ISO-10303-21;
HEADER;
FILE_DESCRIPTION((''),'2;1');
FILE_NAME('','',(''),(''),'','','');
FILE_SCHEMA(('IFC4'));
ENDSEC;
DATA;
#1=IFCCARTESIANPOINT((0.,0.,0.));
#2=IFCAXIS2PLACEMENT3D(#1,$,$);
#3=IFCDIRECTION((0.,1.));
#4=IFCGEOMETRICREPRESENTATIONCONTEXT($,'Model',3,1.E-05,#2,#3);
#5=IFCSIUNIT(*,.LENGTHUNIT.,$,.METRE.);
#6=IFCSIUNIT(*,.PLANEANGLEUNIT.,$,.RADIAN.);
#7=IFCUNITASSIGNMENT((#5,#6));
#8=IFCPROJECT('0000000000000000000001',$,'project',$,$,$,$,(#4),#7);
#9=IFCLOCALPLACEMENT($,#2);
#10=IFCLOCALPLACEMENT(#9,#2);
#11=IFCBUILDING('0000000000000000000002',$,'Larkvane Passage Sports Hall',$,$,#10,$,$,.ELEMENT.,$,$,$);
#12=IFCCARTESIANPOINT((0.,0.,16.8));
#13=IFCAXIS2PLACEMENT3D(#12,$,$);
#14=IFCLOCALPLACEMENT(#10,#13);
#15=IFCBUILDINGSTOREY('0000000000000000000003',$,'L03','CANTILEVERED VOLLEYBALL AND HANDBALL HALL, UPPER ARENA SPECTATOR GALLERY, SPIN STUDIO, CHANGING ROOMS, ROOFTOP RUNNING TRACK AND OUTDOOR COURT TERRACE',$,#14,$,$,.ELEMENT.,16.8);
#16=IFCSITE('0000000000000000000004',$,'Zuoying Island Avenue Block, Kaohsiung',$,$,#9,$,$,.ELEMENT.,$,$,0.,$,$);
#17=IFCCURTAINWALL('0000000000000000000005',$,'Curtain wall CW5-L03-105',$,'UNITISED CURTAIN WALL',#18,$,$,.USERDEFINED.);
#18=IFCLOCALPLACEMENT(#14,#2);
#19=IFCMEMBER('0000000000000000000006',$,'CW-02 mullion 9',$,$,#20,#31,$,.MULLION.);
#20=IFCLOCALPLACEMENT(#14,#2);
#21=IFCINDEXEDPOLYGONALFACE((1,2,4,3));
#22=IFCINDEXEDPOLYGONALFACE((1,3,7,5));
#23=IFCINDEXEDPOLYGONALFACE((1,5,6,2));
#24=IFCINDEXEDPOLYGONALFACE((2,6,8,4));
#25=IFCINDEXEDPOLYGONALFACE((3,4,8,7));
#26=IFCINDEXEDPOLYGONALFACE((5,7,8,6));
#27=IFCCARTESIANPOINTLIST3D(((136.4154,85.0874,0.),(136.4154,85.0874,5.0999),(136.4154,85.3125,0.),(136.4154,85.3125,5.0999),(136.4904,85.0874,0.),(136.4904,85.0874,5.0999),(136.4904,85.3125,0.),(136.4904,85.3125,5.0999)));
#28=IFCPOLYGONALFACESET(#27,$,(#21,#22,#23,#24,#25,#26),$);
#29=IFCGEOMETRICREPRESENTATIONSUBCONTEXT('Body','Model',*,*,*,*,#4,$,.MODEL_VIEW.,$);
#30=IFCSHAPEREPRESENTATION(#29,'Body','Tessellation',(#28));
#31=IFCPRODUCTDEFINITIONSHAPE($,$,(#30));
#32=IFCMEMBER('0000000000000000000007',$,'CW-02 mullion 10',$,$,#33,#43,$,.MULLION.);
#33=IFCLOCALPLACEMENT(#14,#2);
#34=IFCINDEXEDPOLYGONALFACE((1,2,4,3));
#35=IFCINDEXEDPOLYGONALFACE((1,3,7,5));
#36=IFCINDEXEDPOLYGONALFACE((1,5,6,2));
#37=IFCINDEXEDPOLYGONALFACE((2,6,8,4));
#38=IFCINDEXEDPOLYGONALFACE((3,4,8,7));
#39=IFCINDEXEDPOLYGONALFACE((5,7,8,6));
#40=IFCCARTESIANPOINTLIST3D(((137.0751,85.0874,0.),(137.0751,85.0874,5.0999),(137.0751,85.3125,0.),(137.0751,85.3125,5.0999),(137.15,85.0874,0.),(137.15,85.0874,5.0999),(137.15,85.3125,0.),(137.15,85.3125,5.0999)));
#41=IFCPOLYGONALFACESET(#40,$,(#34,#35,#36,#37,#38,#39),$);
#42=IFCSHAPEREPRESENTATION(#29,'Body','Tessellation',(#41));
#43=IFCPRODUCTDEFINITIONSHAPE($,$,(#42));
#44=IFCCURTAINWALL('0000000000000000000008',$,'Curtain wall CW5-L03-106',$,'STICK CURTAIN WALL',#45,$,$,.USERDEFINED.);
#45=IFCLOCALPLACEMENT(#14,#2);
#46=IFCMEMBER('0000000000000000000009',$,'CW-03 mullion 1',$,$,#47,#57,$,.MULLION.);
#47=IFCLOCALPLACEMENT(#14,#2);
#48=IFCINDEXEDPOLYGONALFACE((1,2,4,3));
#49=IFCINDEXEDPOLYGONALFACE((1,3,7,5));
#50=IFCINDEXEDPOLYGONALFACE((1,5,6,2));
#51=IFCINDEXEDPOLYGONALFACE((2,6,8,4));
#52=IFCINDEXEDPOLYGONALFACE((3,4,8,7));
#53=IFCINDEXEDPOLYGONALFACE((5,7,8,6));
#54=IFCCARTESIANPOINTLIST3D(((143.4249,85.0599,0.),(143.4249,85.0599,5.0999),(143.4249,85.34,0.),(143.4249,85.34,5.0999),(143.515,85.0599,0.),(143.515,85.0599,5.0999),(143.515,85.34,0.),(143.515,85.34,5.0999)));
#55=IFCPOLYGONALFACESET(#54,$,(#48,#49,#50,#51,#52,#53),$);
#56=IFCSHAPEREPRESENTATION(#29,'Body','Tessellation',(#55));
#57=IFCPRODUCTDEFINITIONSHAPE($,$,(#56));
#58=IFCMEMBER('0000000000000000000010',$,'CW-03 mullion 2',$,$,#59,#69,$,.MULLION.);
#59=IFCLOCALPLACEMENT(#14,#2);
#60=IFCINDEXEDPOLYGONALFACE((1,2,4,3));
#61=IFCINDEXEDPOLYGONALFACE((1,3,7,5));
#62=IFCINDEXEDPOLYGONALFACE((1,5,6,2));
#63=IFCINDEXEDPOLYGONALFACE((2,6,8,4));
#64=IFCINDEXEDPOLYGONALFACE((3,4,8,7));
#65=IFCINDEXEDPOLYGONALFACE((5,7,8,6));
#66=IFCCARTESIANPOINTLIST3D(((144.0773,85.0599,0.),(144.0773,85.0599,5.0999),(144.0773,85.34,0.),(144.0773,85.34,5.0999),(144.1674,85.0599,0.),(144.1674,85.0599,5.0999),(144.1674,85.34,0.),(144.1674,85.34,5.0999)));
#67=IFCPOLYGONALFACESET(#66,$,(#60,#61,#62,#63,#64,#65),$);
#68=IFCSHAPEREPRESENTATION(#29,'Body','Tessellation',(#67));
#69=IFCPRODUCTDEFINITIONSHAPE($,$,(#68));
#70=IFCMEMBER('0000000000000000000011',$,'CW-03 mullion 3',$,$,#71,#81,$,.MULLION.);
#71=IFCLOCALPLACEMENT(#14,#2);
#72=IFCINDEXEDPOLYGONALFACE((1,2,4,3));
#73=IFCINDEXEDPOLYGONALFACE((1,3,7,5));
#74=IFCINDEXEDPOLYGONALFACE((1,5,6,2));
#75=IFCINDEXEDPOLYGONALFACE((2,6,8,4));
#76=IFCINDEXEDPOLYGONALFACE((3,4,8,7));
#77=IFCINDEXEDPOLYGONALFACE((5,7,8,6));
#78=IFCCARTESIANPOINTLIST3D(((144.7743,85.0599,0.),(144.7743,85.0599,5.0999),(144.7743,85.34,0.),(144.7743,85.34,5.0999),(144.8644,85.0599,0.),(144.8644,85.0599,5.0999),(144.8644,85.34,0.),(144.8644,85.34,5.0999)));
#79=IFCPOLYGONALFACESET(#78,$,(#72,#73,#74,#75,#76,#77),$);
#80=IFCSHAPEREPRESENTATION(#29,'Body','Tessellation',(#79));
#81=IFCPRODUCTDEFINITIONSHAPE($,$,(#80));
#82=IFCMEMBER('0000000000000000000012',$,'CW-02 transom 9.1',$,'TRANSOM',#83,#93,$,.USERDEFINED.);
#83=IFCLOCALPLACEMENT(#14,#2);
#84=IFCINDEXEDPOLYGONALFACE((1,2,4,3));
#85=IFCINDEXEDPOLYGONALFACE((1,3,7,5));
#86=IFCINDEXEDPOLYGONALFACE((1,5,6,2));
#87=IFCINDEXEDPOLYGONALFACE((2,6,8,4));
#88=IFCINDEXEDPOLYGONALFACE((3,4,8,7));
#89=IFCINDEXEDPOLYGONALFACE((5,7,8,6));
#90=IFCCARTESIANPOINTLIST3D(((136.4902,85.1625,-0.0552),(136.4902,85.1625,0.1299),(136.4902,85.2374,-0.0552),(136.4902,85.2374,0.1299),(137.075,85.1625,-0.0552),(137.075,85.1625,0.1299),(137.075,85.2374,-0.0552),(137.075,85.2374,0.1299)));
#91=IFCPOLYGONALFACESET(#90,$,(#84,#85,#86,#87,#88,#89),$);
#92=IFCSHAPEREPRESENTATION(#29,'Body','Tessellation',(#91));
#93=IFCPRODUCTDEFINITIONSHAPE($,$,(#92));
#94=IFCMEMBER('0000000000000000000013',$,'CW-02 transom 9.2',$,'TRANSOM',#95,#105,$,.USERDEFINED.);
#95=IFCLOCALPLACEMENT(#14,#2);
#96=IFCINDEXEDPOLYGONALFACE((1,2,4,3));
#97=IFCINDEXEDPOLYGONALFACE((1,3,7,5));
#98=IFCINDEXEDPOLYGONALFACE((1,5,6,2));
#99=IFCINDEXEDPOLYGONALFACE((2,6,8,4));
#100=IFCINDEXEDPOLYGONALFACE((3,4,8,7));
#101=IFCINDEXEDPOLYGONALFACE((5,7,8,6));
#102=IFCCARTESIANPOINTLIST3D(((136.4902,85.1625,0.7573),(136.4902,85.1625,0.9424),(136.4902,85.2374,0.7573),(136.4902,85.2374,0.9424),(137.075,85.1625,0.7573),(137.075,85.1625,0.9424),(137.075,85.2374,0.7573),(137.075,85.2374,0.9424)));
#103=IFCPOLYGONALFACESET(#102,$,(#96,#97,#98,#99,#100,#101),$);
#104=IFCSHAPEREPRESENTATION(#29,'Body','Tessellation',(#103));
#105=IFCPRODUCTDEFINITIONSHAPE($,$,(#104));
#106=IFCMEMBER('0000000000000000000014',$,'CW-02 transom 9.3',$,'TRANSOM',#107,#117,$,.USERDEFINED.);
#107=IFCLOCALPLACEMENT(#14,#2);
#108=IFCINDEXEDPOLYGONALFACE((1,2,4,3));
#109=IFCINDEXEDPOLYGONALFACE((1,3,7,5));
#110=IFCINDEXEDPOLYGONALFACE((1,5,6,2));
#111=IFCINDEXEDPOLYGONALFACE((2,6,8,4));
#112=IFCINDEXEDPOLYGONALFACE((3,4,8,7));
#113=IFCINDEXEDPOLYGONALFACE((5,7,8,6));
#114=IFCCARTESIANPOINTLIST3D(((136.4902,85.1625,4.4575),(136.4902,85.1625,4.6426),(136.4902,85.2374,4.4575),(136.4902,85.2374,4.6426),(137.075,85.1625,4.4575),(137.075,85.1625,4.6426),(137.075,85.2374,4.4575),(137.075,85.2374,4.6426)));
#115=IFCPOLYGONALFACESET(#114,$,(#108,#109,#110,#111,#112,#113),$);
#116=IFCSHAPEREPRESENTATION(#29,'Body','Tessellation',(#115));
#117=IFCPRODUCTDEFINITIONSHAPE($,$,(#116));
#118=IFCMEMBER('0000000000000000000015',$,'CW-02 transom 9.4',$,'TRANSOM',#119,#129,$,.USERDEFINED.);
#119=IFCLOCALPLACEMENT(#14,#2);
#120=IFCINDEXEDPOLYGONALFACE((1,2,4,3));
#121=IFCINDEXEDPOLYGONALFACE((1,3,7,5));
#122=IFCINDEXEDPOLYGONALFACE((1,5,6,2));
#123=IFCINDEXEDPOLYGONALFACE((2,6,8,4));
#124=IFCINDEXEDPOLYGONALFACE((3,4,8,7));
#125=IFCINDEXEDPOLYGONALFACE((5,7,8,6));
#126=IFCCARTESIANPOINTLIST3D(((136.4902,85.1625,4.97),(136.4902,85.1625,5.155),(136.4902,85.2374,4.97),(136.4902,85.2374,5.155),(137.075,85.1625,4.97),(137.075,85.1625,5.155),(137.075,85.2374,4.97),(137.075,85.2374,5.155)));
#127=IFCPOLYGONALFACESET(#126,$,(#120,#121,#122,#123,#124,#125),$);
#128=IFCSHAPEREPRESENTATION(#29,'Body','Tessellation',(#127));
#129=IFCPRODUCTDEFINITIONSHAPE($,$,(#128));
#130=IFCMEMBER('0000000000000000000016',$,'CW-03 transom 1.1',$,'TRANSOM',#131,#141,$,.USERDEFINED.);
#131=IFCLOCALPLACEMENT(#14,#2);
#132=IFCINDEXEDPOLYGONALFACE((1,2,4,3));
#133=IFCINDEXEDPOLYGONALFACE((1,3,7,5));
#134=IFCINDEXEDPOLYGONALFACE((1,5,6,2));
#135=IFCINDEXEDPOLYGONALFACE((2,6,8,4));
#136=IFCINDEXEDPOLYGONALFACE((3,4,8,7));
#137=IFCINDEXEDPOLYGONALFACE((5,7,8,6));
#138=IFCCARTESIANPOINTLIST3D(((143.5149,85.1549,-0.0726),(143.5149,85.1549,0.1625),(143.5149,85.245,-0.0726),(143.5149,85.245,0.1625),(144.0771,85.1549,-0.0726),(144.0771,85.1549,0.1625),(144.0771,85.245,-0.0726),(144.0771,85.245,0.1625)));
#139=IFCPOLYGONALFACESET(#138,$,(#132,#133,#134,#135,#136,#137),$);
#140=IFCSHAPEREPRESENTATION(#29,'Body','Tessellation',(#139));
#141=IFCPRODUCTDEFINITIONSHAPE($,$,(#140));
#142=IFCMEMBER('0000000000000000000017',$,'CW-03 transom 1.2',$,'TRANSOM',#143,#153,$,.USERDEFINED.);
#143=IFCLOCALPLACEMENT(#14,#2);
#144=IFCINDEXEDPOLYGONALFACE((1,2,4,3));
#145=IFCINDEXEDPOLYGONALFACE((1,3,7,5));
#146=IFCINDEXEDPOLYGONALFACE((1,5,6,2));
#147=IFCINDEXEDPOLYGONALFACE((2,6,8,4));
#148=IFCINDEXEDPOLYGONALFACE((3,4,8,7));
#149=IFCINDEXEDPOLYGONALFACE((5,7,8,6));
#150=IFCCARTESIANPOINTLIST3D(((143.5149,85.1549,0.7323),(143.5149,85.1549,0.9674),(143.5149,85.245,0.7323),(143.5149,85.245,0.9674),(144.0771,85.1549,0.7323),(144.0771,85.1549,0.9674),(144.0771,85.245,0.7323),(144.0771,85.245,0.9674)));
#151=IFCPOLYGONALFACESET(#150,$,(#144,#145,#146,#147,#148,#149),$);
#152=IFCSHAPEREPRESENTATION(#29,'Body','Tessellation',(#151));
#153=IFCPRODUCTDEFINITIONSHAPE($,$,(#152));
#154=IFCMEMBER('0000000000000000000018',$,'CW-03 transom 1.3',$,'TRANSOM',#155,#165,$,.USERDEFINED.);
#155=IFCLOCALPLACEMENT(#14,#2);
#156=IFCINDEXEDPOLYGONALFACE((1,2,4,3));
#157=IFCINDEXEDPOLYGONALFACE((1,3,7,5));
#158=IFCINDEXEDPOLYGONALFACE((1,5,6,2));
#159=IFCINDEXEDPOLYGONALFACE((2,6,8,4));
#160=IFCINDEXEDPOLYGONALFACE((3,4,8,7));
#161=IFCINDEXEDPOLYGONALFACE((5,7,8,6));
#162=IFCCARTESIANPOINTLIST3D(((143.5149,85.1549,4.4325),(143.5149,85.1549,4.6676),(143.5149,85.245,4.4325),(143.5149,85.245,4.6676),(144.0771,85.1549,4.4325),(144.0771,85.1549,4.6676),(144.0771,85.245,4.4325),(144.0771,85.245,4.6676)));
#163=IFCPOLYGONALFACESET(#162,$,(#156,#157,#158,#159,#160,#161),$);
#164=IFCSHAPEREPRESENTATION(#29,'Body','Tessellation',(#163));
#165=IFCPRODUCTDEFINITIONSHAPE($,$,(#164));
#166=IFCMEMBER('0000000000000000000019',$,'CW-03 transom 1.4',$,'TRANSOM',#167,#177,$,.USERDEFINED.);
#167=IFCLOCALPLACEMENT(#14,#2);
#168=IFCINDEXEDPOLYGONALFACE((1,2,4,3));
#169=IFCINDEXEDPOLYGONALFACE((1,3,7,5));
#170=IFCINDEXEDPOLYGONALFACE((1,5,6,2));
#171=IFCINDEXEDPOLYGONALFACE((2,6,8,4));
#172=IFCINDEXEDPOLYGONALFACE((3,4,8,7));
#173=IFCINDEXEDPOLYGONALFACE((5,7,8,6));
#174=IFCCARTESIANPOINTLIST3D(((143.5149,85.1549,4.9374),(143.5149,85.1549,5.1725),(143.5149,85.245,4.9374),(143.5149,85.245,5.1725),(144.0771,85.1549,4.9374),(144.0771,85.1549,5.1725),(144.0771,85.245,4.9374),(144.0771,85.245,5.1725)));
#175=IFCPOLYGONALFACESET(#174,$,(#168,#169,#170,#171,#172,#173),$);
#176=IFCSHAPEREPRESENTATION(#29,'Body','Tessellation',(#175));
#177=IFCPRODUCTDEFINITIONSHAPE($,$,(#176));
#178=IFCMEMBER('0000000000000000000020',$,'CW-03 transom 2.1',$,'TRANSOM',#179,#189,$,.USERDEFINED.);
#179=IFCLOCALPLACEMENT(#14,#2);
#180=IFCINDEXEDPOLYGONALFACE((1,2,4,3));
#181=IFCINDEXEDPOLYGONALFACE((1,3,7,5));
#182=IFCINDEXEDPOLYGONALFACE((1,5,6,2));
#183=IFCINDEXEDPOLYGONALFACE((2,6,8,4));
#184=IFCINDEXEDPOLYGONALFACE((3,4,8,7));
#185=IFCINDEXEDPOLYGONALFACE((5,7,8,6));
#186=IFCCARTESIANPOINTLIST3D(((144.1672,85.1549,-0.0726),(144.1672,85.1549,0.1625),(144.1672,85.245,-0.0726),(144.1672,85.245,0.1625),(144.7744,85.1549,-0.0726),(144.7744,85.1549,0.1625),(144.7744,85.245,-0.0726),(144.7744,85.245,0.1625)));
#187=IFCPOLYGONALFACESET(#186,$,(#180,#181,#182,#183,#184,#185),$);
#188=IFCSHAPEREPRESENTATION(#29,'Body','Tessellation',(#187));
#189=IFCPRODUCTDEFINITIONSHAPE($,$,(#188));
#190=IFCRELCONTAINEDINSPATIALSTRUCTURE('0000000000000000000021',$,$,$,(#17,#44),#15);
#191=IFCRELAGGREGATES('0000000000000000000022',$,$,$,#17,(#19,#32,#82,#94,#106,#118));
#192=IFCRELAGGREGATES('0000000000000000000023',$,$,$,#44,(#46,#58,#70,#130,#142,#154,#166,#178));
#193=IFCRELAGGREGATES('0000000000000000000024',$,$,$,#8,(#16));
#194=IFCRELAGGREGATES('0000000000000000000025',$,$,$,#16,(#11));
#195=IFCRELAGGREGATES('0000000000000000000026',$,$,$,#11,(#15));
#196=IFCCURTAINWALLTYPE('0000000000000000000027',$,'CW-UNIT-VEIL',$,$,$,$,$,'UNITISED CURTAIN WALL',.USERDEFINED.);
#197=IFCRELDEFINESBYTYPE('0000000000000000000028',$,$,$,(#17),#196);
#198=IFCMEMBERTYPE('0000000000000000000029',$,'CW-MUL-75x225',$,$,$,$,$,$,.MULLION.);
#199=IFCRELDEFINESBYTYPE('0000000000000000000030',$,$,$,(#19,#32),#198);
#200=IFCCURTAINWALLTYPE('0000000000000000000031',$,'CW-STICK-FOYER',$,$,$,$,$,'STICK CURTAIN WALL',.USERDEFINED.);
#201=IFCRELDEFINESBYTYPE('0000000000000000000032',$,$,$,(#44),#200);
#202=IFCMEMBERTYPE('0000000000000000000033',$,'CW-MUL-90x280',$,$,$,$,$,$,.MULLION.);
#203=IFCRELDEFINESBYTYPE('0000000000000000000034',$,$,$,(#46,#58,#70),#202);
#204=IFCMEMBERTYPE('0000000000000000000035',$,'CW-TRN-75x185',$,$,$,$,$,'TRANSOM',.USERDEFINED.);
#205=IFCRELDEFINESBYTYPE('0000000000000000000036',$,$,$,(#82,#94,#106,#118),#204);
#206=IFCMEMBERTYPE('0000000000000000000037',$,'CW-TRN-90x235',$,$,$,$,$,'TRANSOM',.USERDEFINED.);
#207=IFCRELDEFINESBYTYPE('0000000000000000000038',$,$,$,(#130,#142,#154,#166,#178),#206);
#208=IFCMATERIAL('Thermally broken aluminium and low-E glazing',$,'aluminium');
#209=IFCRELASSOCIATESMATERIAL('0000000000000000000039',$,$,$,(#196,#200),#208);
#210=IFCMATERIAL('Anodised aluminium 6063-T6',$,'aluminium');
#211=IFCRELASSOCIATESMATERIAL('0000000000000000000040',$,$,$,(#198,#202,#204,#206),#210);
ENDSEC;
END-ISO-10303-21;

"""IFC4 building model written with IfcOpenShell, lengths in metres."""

from ifc_helpers import new_model, si_unit, direction, frame, origin, origin_2d, place, context, subcontext, project, spatial, rectangle, extrude, material, material_profile, profile_set, type_object, element, aggregate, save


model = new_model("IFC4")

# Units and contexts
model_context = context("Model", 3, precision=1e-05, world=origin(), true_north=direction((0.0, 1.0)))
body_context = subcontext(model_context, "Body", "Model", "MODEL_VIEW")
ifc_project = project(units=[si_unit("LENGTHUNIT", "METRE"), si_unit("PLANEANGLEUNIT", "RADIAN")], contexts=[model_context])

# Site, building, storey
site_placement = place(None, origin())
site = spatial("IfcSite", under=ifc_project, at=site_placement, Name="Zuoying Island Avenue Block, Kaohsiung", CompositionType="ELEMENT", RefElevation=0.0)
building_placement = place(site_placement, origin())
building = spatial("IfcBuilding", under=site, at=building_placement, Name="Larkvane Passage Sports Hall", CompositionType="ELEMENT")
storey_placement = place(building_placement, frame((0.0, 0.0, 16.8)))
storey = spatial("IfcBuildingStorey", under=building, at=storey_placement, Name="L03", Description="CANTILEVERED VOLLEYBALL AND HANDBALL HALL, UPPER ARENA SPECTATOR GALLERY, SPIN STUDIO, CHANGING ROOMS, ROOFTOP RUNNING TRACK AND OUTDOOR COURT TERRACE", CompositionType="ELEMENT", Elevation=16.8)

# Curtain walls, members
ifc_material_1 = material(Name="Thermally broken aluminium and low-E glazing", Category="aluminium")
curtain_wall_type_1 = type_object("IfcCurtainWallType", Name="CW-UNIT-VEIL", ElementType="UNITISED CURTAIN WALL", PredefinedType="USERDEFINED", material=ifc_material_1)
curtain_wall_1_placement = place(storey_placement, origin())
curtain_wall_1 = element("IfcCurtainWall", 1, at=curtain_wall_1_placement, inside=storey, type_object=curtain_wall_type_1, Name="Curtain wall CW5-L03-105", ObjectType="UNITISED CURTAIN WALL", PredefinedType="USERDEFINED")
ifc_material_2 = material(Name="Anodised aluminium 6063-T6", Category="aluminium")
ifc_material_profile_1 = material_profile(ifc_material_2, rectangle(XDim=0.075, YDim=0.2251, at=origin_2d()), Name="ALU-MUL-75x225")
ifc_profile_set_1 = profile_set([ifc_material_profile_1], Name="Anodised aluminium 6063-T6")
member_type_1 = type_object("IfcMemberType", Name="CW-MUL-75x225", PredefinedType="MULLION", material=ifc_profile_set_1)
member_1_placement = place(storey_placement, frame((136.4529, 85.2, 0.0), z_axis=(0.0, 0.0, 1.0), x_axis=(1.0, 0.0, 0.0)))
member_1 = element("IfcMember", 2, at=member_1_placement, type_object=member_type_1, Name="CW-02 mullion 9", PredefinedType="MULLION", context=body_context, shape_type="SweptSolid", body=[
    extrude(rectangle(XDim=0.075, YDim=0.2251, at=origin_2d()), origin(), (0.0, 0.0, 1.0), 5.0999),
])
member_2_placement = place(storey_placement, frame((137.1125, 85.2, 0.0), z_axis=(0.0, 0.0, 1.0), x_axis=(1.0, 0.0, 0.0)))
member_2 = element("IfcMember", 3, at=member_2_placement, type_object=member_type_1, Name="CW-02 mullion 10", PredefinedType="MULLION", context=body_context, shape_type="SweptSolid", body=[
    extrude(rectangle(XDim=0.075, YDim=0.2251, at=origin_2d()), origin(), (0.0, 0.0, 1.0), 5.0999),
])
curtain_wall_type_2 = type_object("IfcCurtainWallType", Name="CW-STICK-FOYER", ElementType="STICK CURTAIN WALL", PredefinedType="USERDEFINED", material=ifc_material_1)
curtain_wall_2_placement = place(storey_placement, origin())
curtain_wall_2 = element("IfcCurtainWall", 4, at=curtain_wall_2_placement, inside=storey, type_object=curtain_wall_type_2, Name="Curtain wall CW5-L03-106", ObjectType="STICK CURTAIN WALL", PredefinedType="USERDEFINED")
ifc_material_profile_2 = material_profile(ifc_material_2, rectangle(XDim=0.0901, YDim=0.28, at=origin_2d()), Name="ALU-MUL-90x280")
ifc_profile_set_2 = profile_set([ifc_material_profile_2], Name="Anodised aluminium 6063-T6")
member_type_2 = type_object("IfcMemberType", Name="CW-MUL-90x280", PredefinedType="MULLION", material=ifc_profile_set_2)
member_3_placement = place(storey_placement, frame((143.47, 85.2, 0.0), z_axis=(0.0, 0.0, 1.0), x_axis=(1.0, 0.0, 0.0)))
member_3 = element("IfcMember", 5, at=member_3_placement, type_object=member_type_2, Name="CW-03 mullion 1", PredefinedType="MULLION", context=body_context, shape_type="SweptSolid", body=[
    extrude(rectangle(XDim=0.0901, YDim=0.28, at=origin_2d()), origin(), (0.0, 0.0, 1.0), 5.0999),
])
member_4_placement = place(storey_placement, frame((144.1223, 85.2, 0.0), z_axis=(0.0, 0.0, 1.0), x_axis=(1.0, 0.0, 0.0)))
member_4 = element("IfcMember", 6, at=member_4_placement, type_object=member_type_2, Name="CW-03 mullion 2", PredefinedType="MULLION", context=body_context, shape_type="SweptSolid", body=[
    extrude(rectangle(XDim=0.0901, YDim=0.28, at=origin_2d()), origin(), (0.0, 0.0, 1.0), 5.0999),
])
member_5_placement = place(storey_placement, frame((144.8193, 85.2, 0.0), z_axis=(0.0, 0.0, 1.0), x_axis=(1.0, 0.0, 0.0)))
member_5 = element("IfcMember", 7, at=member_5_placement, type_object=member_type_2, Name="CW-03 mullion 3", PredefinedType="MULLION", context=body_context, shape_type="SweptSolid", body=[
    extrude(rectangle(XDim=0.0901, YDim=0.28, at=origin_2d()), origin(), (0.0, 0.0, 1.0), 5.0999),
])

# Members
ifc_material_profile_3 = material_profile(ifc_material_2, rectangle(XDim=0.075, YDim=0.1851, at=origin_2d()), Name="ALU-TRN-75x185")
ifc_profile_set_3 = profile_set([ifc_material_profile_3], Name="Anodised aluminium 6063-T6")
member_type_3 = type_object("IfcMemberType", Name="CW-TRN-75x185", ElementType="TRANSOM", PredefinedType="USERDEFINED", material=ifc_profile_set_3)
member_6_placement = place(storey_placement, frame((136.4902, 85.2, 0.0374), z_axis=(1.0, 0.0, 0.0), x_axis=(0.0, 1.0, 0.0)))
member_6 = element("IfcMember", 8, at=member_6_placement, type_object=member_type_3, Name="CW-02 transom 9.1", ObjectType="TRANSOM", PredefinedType="USERDEFINED", context=body_context, shape_type="SweptSolid", body=[
    extrude(rectangle(XDim=0.075, YDim=0.1851, at=origin_2d()), origin(), (0.0, 0.0, 1.0), 0.5847),
])
member_7_placement = place(storey_placement, frame((136.4902, 85.2, 0.8499), z_axis=(1.0, 0.0, 0.0), x_axis=(0.0, 1.0, 0.0)))
member_7 = element("IfcMember", 9, at=member_7_placement, type_object=member_type_3, Name="CW-02 transom 9.2", ObjectType="TRANSOM", PredefinedType="USERDEFINED", context=body_context, shape_type="SweptSolid", body=[
    extrude(rectangle(XDim=0.075, YDim=0.1851, at=origin_2d()), origin(), (0.0, 0.0, 1.0), 0.5847),
])
member_8_placement = place(storey_placement, frame((136.4902, 85.2, 4.55), z_axis=(1.0, 0.0, 0.0), x_axis=(0.0, 1.0, 0.0)))
member_8 = element("IfcMember", 10, at=member_8_placement, type_object=member_type_3, Name="CW-02 transom 9.3", ObjectType="TRANSOM", PredefinedType="USERDEFINED", context=body_context, shape_type="SweptSolid", body=[
    extrude(rectangle(XDim=0.075, YDim=0.1851, at=origin_2d()), origin(), (0.0, 0.0, 1.0), 0.5847),
])
member_9_placement = place(storey_placement, frame((136.4902, 85.2, 5.0625), z_axis=(1.0, 0.0, 0.0), x_axis=(0.0, 1.0, 0.0)))
member_9 = element("IfcMember", 11, at=member_9_placement, type_object=member_type_3, Name="CW-02 transom 9.4", ObjectType="TRANSOM", PredefinedType="USERDEFINED", context=body_context, shape_type="SweptSolid", body=[
    extrude(rectangle(XDim=0.075, YDim=0.1851, at=origin_2d()), origin(), (0.0, 0.0, 1.0), 0.5847),
])
ifc_material_profile_4 = material_profile(ifc_material_2, rectangle(XDim=0.0901, YDim=0.2351, at=origin_2d()), Name="ALU-TRN-90x235")
ifc_profile_set_4 = profile_set([ifc_material_profile_4], Name="Anodised aluminium 6063-T6")
member_type_4 = type_object("IfcMemberType", Name="CW-TRN-90x235", ElementType="TRANSOM", PredefinedType="USERDEFINED", material=ifc_profile_set_4)
member_10_placement = place(storey_placement, frame((143.5149, 85.2, 0.0449), z_axis=(1.0, 0.0, 0.0), x_axis=(0.0, 1.0, 0.0)))
member_10 = element("IfcMember", 12, at=member_10_placement, type_object=member_type_4, Name="CW-03 transom 1.1", ObjectType="TRANSOM", PredefinedType="USERDEFINED", context=body_context, shape_type="SweptSolid", body=[
    extrude(rectangle(XDim=0.0901, YDim=0.2351, at=origin_2d()), origin(), (0.0, 0.0, 1.0), 0.5623),
])
member_11_placement = place(storey_placement, frame((143.5149, 85.2, 0.8499), z_axis=(1.0, 0.0, 0.0), x_axis=(0.0, 1.0, 0.0)))
member_11 = element("IfcMember", 13, at=member_11_placement, type_object=member_type_4, Name="CW-03 transom 1.2", ObjectType="TRANSOM", PredefinedType="USERDEFINED", context=body_context, shape_type="SweptSolid", body=[
    extrude(rectangle(XDim=0.0901, YDim=0.2351, at=origin_2d()), origin(), (0.0, 0.0, 1.0), 0.5623),
])
member_12_placement = place(storey_placement, frame((143.5149, 85.2, 4.55), z_axis=(1.0, 0.0, 0.0), x_axis=(0.0, 1.0, 0.0)))
member_12 = element("IfcMember", 14, at=member_12_placement, type_object=member_type_4, Name="CW-03 transom 1.3", ObjectType="TRANSOM", PredefinedType="USERDEFINED", context=body_context, shape_type="SweptSolid", body=[
    extrude(rectangle(XDim=0.0901, YDim=0.2351, at=origin_2d()), origin(), (0.0, 0.0, 1.0), 0.5623),
])
member_13_placement = place(storey_placement, frame((143.5149, 85.2, 5.0549), z_axis=(1.0, 0.0, 0.0), x_axis=(0.0, 1.0, 0.0)))
member_13 = element("IfcMember", 15, at=member_13_placement, type_object=member_type_4, Name="CW-03 transom 1.4", ObjectType="TRANSOM", PredefinedType="USERDEFINED", context=body_context, shape_type="SweptSolid", body=[
    extrude(rectangle(XDim=0.0901, YDim=0.2351, at=origin_2d()), origin(), (0.0, 0.0, 1.0), 0.5623),
])
member_14_placement = place(storey_placement, frame((144.1672, 85.2, 0.0449), z_axis=(1.0, 0.0, 0.0), x_axis=(0.0, 1.0, 0.0)))
member_14 = element("IfcMember", 16, at=member_14_placement, type_object=member_type_4, Name="CW-03 transom 2.1", ObjectType="TRANSOM", PredefinedType="USERDEFINED", context=body_context, shape_type="SweptSolid", body=[
    extrude(rectangle(XDim=0.0901, YDim=0.2351, at=origin_2d()), origin(), (0.0, 0.0, 1.0), 0.6072),
])

aggregate(curtain_wall_1, [member_1, member_2, member_6, member_7, member_8, member_9])
aggregate(curtain_wall_2, [member_3, member_4, member_5, member_10, member_11, member_12, member_13, member_14])

save(model, "model.ifc")
